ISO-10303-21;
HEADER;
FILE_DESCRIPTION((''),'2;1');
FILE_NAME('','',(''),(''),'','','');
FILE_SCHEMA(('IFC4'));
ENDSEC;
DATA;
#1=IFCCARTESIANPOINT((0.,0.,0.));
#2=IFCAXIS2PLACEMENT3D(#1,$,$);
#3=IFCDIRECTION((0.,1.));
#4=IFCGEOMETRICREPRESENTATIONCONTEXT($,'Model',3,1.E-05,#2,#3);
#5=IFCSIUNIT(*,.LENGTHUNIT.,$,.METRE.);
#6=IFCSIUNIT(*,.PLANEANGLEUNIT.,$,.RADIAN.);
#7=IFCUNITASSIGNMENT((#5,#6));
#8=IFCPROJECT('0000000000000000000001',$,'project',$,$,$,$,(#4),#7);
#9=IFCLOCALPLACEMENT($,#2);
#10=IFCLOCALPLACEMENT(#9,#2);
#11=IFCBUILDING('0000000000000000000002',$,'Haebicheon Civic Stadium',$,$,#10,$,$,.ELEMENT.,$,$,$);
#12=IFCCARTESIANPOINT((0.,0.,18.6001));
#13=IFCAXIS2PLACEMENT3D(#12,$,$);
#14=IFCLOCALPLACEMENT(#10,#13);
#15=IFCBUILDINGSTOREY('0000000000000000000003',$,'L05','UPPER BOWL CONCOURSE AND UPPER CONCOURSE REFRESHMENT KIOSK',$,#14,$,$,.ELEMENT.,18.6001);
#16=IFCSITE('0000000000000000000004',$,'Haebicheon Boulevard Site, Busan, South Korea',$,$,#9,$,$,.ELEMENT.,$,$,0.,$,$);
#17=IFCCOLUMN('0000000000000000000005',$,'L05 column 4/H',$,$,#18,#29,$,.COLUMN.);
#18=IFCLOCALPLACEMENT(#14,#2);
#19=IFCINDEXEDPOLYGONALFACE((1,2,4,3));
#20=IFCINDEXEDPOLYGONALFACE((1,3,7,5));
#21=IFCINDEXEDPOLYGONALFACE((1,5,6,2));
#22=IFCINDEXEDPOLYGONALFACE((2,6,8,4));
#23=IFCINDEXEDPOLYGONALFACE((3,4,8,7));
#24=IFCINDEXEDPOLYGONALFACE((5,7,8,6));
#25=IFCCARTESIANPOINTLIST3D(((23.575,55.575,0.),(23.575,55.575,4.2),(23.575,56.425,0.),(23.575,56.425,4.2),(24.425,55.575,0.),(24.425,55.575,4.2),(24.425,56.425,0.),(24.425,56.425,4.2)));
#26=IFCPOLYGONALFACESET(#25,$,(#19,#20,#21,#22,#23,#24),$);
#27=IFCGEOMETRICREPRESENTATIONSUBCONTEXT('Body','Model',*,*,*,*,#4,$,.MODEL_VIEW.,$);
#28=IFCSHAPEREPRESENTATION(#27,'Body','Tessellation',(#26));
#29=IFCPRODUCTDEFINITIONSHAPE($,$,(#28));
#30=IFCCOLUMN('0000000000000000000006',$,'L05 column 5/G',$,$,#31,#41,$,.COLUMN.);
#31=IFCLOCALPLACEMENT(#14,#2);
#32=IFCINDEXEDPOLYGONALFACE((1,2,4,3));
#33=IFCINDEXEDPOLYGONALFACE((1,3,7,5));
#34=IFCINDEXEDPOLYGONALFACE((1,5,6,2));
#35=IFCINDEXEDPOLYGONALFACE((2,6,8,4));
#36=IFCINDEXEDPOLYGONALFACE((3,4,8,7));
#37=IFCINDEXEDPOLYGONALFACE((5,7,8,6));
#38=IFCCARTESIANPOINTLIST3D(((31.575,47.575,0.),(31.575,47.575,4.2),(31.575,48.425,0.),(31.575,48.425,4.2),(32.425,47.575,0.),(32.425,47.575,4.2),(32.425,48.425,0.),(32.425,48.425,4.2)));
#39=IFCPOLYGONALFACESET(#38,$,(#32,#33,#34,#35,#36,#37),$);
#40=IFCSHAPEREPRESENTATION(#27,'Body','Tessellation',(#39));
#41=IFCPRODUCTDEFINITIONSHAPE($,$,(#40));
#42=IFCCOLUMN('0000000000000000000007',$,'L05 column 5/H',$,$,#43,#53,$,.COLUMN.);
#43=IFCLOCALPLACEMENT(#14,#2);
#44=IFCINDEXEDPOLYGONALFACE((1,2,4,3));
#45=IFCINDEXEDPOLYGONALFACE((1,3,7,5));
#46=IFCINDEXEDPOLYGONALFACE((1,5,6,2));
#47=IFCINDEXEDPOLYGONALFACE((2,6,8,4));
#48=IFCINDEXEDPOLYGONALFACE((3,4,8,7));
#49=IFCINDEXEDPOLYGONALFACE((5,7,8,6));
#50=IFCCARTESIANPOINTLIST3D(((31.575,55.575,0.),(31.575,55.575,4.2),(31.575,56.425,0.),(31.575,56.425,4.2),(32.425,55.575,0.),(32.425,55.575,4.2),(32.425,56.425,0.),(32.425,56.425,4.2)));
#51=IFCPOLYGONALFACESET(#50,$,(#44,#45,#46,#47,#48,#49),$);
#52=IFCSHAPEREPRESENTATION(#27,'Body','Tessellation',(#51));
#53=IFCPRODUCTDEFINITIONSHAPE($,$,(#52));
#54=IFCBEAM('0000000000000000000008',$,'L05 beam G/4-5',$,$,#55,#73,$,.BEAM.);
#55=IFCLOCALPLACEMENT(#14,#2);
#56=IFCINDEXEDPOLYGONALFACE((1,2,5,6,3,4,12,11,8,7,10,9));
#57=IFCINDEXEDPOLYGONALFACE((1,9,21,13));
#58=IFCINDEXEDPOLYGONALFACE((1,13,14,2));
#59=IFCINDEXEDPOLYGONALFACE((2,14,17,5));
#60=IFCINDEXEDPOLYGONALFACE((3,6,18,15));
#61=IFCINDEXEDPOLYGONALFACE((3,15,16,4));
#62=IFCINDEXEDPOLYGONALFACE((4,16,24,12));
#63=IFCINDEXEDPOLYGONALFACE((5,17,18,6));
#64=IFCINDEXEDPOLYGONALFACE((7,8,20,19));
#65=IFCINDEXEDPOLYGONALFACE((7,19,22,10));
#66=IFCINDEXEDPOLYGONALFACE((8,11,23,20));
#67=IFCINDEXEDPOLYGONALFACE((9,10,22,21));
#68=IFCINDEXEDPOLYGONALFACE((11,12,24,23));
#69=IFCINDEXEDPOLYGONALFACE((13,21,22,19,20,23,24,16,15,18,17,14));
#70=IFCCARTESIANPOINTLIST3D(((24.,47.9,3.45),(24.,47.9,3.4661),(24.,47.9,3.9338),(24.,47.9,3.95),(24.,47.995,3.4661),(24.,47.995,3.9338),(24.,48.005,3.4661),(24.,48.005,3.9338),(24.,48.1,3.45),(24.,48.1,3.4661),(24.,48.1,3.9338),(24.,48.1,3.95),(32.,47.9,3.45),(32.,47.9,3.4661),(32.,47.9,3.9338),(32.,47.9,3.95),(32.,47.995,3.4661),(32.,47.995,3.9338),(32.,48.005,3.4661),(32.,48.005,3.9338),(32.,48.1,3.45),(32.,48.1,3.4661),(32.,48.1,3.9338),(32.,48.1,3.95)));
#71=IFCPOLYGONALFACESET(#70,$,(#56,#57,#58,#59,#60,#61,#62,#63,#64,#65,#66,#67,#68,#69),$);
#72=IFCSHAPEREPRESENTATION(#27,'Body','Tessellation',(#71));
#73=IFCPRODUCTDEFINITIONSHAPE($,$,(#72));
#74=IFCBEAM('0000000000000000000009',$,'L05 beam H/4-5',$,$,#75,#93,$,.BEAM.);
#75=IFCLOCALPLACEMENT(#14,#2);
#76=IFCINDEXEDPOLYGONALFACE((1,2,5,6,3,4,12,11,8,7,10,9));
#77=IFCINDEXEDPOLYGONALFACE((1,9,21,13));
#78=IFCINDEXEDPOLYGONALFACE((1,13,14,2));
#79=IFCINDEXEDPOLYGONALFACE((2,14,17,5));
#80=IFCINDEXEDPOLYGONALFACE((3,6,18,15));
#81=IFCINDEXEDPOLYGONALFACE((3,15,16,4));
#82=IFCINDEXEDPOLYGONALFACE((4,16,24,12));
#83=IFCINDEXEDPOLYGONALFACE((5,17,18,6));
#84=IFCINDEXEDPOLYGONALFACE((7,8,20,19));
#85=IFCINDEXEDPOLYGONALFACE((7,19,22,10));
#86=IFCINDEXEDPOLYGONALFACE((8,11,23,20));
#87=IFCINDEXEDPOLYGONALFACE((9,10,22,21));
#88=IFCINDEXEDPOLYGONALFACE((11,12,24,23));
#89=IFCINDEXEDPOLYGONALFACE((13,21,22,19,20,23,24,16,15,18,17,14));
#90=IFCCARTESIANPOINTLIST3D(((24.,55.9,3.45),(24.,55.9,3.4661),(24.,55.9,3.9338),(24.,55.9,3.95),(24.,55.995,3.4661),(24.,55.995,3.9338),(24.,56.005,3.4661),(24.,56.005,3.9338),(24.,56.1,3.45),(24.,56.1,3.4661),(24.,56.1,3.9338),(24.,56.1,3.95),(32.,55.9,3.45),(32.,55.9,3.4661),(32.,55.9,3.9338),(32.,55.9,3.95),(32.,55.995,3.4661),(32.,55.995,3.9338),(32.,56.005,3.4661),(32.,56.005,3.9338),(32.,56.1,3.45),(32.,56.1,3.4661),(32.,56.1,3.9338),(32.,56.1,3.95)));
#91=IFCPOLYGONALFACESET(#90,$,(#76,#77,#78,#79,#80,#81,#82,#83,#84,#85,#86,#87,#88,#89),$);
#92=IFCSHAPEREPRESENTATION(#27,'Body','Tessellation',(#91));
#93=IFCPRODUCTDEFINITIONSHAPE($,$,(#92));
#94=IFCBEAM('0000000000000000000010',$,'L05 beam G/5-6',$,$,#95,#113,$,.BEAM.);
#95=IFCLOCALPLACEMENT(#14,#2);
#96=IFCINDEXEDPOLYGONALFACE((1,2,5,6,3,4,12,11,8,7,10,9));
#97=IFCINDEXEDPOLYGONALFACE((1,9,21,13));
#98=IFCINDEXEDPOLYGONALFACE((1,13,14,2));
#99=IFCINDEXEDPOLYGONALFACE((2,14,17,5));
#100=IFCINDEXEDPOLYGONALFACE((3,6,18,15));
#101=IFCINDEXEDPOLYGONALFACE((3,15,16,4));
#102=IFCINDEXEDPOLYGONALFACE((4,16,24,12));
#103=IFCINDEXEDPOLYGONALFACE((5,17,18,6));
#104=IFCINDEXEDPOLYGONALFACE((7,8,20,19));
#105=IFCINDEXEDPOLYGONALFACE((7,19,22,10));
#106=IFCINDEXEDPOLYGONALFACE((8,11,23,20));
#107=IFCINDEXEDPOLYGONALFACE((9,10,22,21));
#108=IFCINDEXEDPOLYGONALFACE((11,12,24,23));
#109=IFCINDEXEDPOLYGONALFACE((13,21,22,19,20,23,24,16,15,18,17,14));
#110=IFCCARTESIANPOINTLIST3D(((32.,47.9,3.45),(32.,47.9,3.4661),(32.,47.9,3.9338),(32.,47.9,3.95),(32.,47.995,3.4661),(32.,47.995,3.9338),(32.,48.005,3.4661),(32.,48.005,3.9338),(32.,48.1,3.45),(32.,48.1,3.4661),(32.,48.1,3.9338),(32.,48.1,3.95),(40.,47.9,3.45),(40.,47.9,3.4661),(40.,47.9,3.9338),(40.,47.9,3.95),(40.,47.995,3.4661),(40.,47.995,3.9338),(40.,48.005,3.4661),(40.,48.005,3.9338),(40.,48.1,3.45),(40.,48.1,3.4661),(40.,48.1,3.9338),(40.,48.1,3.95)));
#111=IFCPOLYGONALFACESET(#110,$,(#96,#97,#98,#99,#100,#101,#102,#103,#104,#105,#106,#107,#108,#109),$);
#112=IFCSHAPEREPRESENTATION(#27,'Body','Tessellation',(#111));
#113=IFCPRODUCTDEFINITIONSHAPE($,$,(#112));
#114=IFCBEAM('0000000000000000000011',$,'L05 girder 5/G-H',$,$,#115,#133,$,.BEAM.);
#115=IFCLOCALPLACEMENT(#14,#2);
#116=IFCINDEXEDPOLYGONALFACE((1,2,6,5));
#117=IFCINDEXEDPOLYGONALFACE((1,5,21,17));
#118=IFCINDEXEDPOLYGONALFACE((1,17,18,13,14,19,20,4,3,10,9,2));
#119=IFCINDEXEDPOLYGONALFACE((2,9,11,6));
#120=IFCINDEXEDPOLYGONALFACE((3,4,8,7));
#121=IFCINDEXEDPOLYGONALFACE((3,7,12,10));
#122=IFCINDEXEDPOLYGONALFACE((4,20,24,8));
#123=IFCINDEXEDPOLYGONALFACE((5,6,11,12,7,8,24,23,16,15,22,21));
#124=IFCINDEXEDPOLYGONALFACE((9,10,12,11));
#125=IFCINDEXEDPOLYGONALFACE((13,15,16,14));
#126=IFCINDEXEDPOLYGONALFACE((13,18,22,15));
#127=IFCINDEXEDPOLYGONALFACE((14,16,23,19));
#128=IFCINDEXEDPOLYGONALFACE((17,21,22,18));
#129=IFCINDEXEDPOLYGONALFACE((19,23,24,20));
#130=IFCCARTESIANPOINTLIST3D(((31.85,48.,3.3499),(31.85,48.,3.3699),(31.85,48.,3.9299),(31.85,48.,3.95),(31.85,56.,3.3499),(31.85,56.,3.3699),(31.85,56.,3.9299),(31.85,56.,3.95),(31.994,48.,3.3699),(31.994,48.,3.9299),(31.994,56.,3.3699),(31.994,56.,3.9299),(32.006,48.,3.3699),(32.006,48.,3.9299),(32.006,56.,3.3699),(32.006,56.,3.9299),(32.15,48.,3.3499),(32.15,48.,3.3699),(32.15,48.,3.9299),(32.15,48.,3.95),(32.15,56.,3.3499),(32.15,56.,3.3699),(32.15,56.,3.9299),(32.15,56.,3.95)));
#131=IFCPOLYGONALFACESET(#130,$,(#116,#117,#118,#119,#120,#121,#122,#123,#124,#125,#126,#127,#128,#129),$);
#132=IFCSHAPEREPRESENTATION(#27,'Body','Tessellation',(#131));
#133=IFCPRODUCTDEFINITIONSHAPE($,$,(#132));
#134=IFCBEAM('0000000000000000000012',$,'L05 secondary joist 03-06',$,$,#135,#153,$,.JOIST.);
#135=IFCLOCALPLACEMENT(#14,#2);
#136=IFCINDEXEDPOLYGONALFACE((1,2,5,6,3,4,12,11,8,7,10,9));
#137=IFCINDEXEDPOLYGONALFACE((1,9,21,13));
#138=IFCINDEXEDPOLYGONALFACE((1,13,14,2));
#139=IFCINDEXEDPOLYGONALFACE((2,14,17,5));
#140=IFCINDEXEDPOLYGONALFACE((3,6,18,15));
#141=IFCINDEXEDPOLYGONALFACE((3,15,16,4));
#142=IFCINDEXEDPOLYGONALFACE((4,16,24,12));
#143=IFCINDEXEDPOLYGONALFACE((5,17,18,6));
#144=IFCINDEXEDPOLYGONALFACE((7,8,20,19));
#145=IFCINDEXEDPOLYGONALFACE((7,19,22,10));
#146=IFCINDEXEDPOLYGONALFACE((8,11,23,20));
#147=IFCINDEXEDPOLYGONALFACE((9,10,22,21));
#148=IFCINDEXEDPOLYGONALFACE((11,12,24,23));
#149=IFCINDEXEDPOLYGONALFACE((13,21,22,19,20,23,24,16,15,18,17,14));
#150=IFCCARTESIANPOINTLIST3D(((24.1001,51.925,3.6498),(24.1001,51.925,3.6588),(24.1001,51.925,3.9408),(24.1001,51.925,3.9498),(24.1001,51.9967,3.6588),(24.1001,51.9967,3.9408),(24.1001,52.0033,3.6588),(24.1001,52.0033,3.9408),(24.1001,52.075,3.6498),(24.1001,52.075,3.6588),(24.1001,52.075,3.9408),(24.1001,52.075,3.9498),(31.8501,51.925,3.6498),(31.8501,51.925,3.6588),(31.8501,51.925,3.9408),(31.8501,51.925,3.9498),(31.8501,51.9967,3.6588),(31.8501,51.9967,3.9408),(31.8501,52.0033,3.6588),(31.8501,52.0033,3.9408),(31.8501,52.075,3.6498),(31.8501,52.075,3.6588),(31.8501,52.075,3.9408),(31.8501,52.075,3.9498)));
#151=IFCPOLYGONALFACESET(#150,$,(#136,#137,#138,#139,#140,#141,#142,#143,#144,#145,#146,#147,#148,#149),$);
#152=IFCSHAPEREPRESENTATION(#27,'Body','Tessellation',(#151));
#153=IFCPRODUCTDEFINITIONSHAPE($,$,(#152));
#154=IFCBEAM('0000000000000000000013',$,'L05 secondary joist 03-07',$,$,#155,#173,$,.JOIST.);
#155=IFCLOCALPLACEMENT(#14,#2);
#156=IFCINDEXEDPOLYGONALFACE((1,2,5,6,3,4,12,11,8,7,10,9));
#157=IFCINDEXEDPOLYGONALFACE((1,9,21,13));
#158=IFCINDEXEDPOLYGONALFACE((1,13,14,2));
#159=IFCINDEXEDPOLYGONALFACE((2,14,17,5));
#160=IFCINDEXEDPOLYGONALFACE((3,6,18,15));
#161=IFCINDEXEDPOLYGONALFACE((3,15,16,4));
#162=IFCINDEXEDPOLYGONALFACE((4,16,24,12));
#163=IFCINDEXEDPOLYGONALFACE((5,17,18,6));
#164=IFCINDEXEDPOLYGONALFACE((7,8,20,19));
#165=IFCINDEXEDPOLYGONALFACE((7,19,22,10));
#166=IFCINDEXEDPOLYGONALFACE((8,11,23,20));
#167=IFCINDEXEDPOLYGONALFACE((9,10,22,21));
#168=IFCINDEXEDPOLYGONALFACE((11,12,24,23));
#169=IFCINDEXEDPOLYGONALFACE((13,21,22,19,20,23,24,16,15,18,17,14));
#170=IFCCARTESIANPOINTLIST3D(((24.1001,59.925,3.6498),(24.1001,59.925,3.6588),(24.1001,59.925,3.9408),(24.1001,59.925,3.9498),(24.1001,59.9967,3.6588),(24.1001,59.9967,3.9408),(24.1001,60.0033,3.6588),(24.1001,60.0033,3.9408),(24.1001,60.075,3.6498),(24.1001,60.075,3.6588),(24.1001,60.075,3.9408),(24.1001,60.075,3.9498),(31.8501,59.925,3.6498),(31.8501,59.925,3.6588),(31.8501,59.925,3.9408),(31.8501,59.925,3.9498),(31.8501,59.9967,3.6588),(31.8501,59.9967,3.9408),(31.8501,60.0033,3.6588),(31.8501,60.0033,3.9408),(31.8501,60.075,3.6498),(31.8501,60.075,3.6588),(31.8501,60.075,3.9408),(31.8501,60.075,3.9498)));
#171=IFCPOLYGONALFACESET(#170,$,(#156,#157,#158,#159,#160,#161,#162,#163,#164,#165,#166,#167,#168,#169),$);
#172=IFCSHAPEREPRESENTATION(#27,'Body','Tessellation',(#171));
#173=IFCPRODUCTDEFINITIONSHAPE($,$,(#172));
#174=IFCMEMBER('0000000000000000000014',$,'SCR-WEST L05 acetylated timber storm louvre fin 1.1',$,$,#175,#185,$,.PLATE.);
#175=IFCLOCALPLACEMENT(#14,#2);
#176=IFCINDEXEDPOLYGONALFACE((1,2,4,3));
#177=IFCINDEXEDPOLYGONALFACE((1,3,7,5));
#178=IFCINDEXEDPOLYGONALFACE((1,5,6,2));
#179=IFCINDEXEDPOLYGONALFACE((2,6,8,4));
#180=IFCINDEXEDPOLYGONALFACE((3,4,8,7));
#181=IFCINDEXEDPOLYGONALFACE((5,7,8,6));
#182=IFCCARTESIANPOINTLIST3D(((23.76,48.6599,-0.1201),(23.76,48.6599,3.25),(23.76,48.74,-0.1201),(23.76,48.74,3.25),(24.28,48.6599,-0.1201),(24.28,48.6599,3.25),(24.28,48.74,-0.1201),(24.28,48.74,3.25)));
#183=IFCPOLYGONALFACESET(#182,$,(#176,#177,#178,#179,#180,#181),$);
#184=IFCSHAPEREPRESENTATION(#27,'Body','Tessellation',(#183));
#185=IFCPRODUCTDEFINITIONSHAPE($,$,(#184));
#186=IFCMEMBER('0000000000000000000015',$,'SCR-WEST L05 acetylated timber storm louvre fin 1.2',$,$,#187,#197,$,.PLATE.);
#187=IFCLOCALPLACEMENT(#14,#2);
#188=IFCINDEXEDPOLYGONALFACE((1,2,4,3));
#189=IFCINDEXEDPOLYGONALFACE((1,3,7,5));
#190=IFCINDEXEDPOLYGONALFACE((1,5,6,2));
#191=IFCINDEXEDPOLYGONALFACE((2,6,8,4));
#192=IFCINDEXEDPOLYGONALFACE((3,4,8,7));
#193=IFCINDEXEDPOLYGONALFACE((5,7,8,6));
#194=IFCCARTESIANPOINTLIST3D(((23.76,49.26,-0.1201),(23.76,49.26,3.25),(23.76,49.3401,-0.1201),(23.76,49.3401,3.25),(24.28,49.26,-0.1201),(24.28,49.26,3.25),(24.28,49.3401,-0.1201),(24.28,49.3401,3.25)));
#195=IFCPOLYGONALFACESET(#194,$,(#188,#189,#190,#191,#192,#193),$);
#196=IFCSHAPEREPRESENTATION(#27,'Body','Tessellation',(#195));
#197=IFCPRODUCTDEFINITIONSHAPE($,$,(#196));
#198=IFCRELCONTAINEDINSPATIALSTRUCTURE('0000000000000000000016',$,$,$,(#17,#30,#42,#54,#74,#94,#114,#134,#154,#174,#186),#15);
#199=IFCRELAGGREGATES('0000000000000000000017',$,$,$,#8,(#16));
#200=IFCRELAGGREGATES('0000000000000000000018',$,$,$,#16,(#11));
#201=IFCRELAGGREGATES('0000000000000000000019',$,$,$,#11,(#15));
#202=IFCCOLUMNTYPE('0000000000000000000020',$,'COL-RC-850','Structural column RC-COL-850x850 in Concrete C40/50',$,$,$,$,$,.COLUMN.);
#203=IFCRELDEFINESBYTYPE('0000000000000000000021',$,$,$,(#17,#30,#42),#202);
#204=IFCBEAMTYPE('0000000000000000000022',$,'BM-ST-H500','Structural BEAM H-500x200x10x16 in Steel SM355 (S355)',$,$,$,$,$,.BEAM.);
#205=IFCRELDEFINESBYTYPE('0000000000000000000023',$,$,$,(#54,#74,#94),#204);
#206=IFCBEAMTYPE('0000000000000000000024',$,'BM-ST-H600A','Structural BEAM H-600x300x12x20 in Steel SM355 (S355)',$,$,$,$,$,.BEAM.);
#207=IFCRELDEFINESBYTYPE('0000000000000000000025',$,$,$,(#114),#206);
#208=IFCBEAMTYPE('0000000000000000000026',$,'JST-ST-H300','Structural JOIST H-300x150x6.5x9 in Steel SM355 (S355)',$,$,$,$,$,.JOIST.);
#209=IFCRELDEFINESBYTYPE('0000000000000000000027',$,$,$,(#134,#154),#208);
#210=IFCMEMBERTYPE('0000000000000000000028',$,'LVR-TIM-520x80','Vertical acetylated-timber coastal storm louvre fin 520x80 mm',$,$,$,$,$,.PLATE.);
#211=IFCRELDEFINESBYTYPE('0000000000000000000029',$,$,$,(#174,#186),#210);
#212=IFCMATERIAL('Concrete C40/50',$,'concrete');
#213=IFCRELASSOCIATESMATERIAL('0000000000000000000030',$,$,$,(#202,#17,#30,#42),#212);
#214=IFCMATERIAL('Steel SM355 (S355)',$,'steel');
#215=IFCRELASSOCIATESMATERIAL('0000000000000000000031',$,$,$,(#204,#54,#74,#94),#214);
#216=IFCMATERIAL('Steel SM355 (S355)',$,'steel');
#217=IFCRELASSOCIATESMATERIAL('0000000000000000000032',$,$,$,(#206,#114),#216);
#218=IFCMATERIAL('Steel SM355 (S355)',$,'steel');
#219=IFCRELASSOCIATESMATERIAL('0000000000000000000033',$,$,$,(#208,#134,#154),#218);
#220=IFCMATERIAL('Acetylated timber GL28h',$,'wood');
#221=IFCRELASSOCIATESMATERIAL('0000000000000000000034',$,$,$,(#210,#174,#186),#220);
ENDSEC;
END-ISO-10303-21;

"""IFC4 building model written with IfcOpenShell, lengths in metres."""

from ifc_helpers import new_model, si_unit, direction, frame, origin, origin_2d, place, context, subcontext, project, spatial, rectangle, i_section, extrude, material, material_profile, profile_set, type_object, element, save


model = new_model("IFC4")

# Units and contexts
model_context = context("Model", 3, precision=1e-05, world=origin(), true_north=direction((0.0, 1.0)))
body_context = subcontext(model_context, "Body", "Model", "MODEL_VIEW")
ifc_project = project(units=[si_unit("LENGTHUNIT", "METRE"), si_unit("PLANEANGLEUNIT", "RADIAN")], contexts=[model_context])

# Site, building, storey
site_placement = place(None, origin())
site = spatial("IfcSite", under=ifc_project, at=site_placement, Name="Haebicheon Boulevard Site, Busan, South Korea", CompositionType="ELEMENT", RefElevation=0.0)
building_placement = place(site_placement, origin())
building = spatial("IfcBuilding", under=site, at=building_placement, Name="Haebicheon Civic Stadium", CompositionType="ELEMENT")
storey_placement = place(building_placement, frame((0.0, 0.0, 18.6001)))
storey = spatial("IfcBuildingStorey", under=building, at=storey_placement, Name="L05", Description="UPPER BOWL CONCOURSE AND UPPER CONCOURSE REFRESHMENT KIOSK", CompositionType="ELEMENT", Elevation=18.6001)

# Columns
ifc_material_1 = material(Name="Concrete C40/50", Category="concrete")
ifc_material_profile_1 = material_profile(ifc_material_1, rectangle(XDim=0.8501, YDim=0.8501, at=origin_2d()), Name="RC-COL-850x850")
ifc_profile_set_1 = profile_set([ifc_material_profile_1], Name="Concrete C40/50")
column_type = type_object("IfcColumnType", Name="COL-RC-850", Description="Structural column RC-COL-850x850 in Concrete C40/50", PredefinedType="COLUMN", material=ifc_profile_set_1)
for number, where, z_axis, x_axis, name in (
    (1, (24.0, 56.0, 0.0), (0.0, 0.0, 1.0), (1.0, 0.0, 0.0), "L05 column 4/H"),
    (2, (32.0, 48.0, 0.0), (0.0, 0.0, 1.0), (1.0, 0.0, 0.0), "L05 column 5/G"),
    (3, (32.0, 56.0, 0.0), (0.0, 0.0, 1.0), (1.0, 0.0, 0.0), "L05 column 5/H"),
):
    element("IfcColumn", number, at=place(storey_placement, frame(where, z_axis=z_axis, x_axis=x_axis)), inside=storey, type_object=column_type, material=ifc_profile_set_1, Name=name, PredefinedType="COLUMN", context=body_context, shape_type="SweptSolid", body=[
        extrude(rectangle(XDim=0.8501, YDim=0.8501, at=origin_2d()), origin(), (0.0, 0.0, 1.0), 4.2),
    ])

# Beams
ifc_material_2 = material(Name="Steel SM355 (S355)", Category="steel")
ifc_material_profile_2 = material_profile(ifc_material_2, i_section(OverallWidth=0.2, OverallDepth=0.5, WebThickness=0.01, FlangeThickness=0.0161, at=origin_2d()), Name="H-500x200x10x16")
ifc_profile_set_2 = profile_set([ifc_material_profile_2], Name="Steel SM355 (S355)")
beam_type_1 = type_object("IfcBeamType", Name="BM-ST-H500", Description="Structural BEAM H-500x200x10x16 in Steel SM355 (S355)", PredefinedType="BEAM", material=ifc_profile_set_2)
for number, where, z_axis, x_axis, name in (
    (4, (24.0, 48.0, 3.7), (1.0, 0.0, 0.0), (0.0, 1.0, 0.0), "L05 beam G/4-5"),
    (5, (24.0, 56.0, 3.7), (1.0, 0.0, 0.0), (0.0, 1.0, 0.0), "L05 beam H/4-5"),
    (6, (32.0, 48.0, 3.7), (1.0, 0.0, 0.0), (0.0, 1.0, 0.0), "L05 beam G/5-6"),
):
    element("IfcBeam", number, at=place(storey_placement, frame(where, z_axis=z_axis, x_axis=x_axis)), inside=storey, type_object=beam_type_1, material=ifc_profile_set_2, Name=name, PredefinedType="BEAM", context=body_context, shape_type="SweptSolid", body=[
        extrude(i_section(OverallWidth=0.2, OverallDepth=0.5, WebThickness=0.01, FlangeThickness=0.0161, at=origin_2d()), origin(), (0.0, 0.0, 1.0), 8.0),
    ])
ifc_material_3 = material(Name="Steel SM355 (S355)", Category="steel")
ifc_material_profile_3 = material_profile(ifc_material_3, i_section(OverallWidth=0.3, OverallDepth=0.6001, WebThickness=0.012, FlangeThickness=0.02, at=origin_2d()), Name="H-600x300x12x20")
ifc_profile_set_3 = profile_set([ifc_material_profile_3], Name="Steel SM355 (S355)")
beam_type_2 = type_object("IfcBeamType", Name="BM-ST-H600A", Description="Structural BEAM H-600x300x12x20 in Steel SM355 (S355)", PredefinedType="BEAM", material=ifc_profile_set_3)
beam_1_placement = place(storey_placement, frame((32.0, 48.0, 3.6499), z_axis=(0.0, 1.0, 0.0), x_axis=(-1.0, 0.0, 0.0)))
element("IfcBeam", 7, at=beam_1_placement, inside=storey, type_object=beam_type_2, material=ifc_profile_set_3, Name="L05 girder 5/G-H", PredefinedType="BEAM", context=body_context, shape_type="SweptSolid", body=[
    extrude(i_section(OverallWidth=0.3, OverallDepth=0.6001, WebThickness=0.012, FlangeThickness=0.02, at=origin_2d()), origin(), (0.0, 0.0, 1.0), 8.0),
])
ifc_material_4 = material(Name="Steel SM355 (S355)", Category="steel")
ifc_material_profile_4 = material_profile(ifc_material_4, i_section(OverallWidth=0.1499, OverallDepth=0.3, WebThickness=0.0066, FlangeThickness=0.009, at=origin_2d()), Name="H-300x150x6.5x9")
ifc_profile_set_4 = profile_set([ifc_material_profile_4], Name="Steel SM355 (S355)")
beam_type_3 = type_object("IfcBeamType", Name="JST-ST-H300", Description="Structural JOIST H-300x150x6.5x9 in Steel SM355 (S355)", PredefinedType="JOIST", material=ifc_profile_set_4)
for number, where, z_axis, x_axis, name in (
    (8, (24.1001, 52.0, 3.7998), (1.0, 0.0, 0.0), (0.0, 1.0, 0.0), "L05 secondary joist 03-06"),
    (9, (24.1001, 60.0, 3.7998), (1.0, 0.0, 0.0), (0.0, 1.0, 0.0), "L05 secondary joist 03-07"),
):
    element("IfcBeam", number, at=place(storey_placement, frame(where, z_axis=z_axis, x_axis=x_axis)), inside=storey, type_object=beam_type_3, material=ifc_profile_set_4, Name=name, PredefinedType="JOIST", context=body_context, shape_type="SweptSolid", body=[
        extrude(i_section(OverallWidth=0.1499, OverallDepth=0.3, WebThickness=0.0066, FlangeThickness=0.009, at=origin_2d()), origin(), (0.0, 0.0, 1.0), 7.75),
    ])

# Members
ifc_material_5 = material(Name="Acetylated timber GL28h", Category="wood")
ifc_material_profile_5 = material_profile(ifc_material_5, rectangle(XDim=0.0801, YDim=0.52, at=origin_2d()), Name="TMB-LOUV-80x520")
ifc_profile_set_5 = profile_set([ifc_material_profile_5], Name="Acetylated timber GL28h")
member_type_1 = type_object("IfcMemberType", Name="LVR-TIM-520x80", Description="Vertical acetylated-timber coastal storm louvre fin 520x80 mm", PredefinedType="PLATE", material=ifc_profile_set_5)
for number, where, z_axis, x_axis, name in (
    (10, (24.02, 48.7, -0.1201), (0.0, 0.0, 1.0), (0.0, 1.0, 0.0), "SCR-WEST L05 acetylated timber storm louvre fin 1.1"),
    (11, (24.02, 49.3, -0.1201), (0.0, 0.0, 1.0), (0.0, 1.0, 0.0), "SCR-WEST L05 acetylated timber storm louvre fin 1.2"),
):
    element("IfcMember", number, at=place(storey_placement, frame(where, z_axis=z_axis, x_axis=x_axis)), inside=storey, type_object=member_type_1, material=ifc_profile_set_5, Name=name, PredefinedType="PLATE", context=body_context, shape_type="SweptSolid", body=[
        extrude(rectangle(XDim=0.0801, YDim=0.52, at=origin_2d()), origin(), (0.0, 0.0, 1.0), 3.3701),
    ])

save(model, "model.ifc")
